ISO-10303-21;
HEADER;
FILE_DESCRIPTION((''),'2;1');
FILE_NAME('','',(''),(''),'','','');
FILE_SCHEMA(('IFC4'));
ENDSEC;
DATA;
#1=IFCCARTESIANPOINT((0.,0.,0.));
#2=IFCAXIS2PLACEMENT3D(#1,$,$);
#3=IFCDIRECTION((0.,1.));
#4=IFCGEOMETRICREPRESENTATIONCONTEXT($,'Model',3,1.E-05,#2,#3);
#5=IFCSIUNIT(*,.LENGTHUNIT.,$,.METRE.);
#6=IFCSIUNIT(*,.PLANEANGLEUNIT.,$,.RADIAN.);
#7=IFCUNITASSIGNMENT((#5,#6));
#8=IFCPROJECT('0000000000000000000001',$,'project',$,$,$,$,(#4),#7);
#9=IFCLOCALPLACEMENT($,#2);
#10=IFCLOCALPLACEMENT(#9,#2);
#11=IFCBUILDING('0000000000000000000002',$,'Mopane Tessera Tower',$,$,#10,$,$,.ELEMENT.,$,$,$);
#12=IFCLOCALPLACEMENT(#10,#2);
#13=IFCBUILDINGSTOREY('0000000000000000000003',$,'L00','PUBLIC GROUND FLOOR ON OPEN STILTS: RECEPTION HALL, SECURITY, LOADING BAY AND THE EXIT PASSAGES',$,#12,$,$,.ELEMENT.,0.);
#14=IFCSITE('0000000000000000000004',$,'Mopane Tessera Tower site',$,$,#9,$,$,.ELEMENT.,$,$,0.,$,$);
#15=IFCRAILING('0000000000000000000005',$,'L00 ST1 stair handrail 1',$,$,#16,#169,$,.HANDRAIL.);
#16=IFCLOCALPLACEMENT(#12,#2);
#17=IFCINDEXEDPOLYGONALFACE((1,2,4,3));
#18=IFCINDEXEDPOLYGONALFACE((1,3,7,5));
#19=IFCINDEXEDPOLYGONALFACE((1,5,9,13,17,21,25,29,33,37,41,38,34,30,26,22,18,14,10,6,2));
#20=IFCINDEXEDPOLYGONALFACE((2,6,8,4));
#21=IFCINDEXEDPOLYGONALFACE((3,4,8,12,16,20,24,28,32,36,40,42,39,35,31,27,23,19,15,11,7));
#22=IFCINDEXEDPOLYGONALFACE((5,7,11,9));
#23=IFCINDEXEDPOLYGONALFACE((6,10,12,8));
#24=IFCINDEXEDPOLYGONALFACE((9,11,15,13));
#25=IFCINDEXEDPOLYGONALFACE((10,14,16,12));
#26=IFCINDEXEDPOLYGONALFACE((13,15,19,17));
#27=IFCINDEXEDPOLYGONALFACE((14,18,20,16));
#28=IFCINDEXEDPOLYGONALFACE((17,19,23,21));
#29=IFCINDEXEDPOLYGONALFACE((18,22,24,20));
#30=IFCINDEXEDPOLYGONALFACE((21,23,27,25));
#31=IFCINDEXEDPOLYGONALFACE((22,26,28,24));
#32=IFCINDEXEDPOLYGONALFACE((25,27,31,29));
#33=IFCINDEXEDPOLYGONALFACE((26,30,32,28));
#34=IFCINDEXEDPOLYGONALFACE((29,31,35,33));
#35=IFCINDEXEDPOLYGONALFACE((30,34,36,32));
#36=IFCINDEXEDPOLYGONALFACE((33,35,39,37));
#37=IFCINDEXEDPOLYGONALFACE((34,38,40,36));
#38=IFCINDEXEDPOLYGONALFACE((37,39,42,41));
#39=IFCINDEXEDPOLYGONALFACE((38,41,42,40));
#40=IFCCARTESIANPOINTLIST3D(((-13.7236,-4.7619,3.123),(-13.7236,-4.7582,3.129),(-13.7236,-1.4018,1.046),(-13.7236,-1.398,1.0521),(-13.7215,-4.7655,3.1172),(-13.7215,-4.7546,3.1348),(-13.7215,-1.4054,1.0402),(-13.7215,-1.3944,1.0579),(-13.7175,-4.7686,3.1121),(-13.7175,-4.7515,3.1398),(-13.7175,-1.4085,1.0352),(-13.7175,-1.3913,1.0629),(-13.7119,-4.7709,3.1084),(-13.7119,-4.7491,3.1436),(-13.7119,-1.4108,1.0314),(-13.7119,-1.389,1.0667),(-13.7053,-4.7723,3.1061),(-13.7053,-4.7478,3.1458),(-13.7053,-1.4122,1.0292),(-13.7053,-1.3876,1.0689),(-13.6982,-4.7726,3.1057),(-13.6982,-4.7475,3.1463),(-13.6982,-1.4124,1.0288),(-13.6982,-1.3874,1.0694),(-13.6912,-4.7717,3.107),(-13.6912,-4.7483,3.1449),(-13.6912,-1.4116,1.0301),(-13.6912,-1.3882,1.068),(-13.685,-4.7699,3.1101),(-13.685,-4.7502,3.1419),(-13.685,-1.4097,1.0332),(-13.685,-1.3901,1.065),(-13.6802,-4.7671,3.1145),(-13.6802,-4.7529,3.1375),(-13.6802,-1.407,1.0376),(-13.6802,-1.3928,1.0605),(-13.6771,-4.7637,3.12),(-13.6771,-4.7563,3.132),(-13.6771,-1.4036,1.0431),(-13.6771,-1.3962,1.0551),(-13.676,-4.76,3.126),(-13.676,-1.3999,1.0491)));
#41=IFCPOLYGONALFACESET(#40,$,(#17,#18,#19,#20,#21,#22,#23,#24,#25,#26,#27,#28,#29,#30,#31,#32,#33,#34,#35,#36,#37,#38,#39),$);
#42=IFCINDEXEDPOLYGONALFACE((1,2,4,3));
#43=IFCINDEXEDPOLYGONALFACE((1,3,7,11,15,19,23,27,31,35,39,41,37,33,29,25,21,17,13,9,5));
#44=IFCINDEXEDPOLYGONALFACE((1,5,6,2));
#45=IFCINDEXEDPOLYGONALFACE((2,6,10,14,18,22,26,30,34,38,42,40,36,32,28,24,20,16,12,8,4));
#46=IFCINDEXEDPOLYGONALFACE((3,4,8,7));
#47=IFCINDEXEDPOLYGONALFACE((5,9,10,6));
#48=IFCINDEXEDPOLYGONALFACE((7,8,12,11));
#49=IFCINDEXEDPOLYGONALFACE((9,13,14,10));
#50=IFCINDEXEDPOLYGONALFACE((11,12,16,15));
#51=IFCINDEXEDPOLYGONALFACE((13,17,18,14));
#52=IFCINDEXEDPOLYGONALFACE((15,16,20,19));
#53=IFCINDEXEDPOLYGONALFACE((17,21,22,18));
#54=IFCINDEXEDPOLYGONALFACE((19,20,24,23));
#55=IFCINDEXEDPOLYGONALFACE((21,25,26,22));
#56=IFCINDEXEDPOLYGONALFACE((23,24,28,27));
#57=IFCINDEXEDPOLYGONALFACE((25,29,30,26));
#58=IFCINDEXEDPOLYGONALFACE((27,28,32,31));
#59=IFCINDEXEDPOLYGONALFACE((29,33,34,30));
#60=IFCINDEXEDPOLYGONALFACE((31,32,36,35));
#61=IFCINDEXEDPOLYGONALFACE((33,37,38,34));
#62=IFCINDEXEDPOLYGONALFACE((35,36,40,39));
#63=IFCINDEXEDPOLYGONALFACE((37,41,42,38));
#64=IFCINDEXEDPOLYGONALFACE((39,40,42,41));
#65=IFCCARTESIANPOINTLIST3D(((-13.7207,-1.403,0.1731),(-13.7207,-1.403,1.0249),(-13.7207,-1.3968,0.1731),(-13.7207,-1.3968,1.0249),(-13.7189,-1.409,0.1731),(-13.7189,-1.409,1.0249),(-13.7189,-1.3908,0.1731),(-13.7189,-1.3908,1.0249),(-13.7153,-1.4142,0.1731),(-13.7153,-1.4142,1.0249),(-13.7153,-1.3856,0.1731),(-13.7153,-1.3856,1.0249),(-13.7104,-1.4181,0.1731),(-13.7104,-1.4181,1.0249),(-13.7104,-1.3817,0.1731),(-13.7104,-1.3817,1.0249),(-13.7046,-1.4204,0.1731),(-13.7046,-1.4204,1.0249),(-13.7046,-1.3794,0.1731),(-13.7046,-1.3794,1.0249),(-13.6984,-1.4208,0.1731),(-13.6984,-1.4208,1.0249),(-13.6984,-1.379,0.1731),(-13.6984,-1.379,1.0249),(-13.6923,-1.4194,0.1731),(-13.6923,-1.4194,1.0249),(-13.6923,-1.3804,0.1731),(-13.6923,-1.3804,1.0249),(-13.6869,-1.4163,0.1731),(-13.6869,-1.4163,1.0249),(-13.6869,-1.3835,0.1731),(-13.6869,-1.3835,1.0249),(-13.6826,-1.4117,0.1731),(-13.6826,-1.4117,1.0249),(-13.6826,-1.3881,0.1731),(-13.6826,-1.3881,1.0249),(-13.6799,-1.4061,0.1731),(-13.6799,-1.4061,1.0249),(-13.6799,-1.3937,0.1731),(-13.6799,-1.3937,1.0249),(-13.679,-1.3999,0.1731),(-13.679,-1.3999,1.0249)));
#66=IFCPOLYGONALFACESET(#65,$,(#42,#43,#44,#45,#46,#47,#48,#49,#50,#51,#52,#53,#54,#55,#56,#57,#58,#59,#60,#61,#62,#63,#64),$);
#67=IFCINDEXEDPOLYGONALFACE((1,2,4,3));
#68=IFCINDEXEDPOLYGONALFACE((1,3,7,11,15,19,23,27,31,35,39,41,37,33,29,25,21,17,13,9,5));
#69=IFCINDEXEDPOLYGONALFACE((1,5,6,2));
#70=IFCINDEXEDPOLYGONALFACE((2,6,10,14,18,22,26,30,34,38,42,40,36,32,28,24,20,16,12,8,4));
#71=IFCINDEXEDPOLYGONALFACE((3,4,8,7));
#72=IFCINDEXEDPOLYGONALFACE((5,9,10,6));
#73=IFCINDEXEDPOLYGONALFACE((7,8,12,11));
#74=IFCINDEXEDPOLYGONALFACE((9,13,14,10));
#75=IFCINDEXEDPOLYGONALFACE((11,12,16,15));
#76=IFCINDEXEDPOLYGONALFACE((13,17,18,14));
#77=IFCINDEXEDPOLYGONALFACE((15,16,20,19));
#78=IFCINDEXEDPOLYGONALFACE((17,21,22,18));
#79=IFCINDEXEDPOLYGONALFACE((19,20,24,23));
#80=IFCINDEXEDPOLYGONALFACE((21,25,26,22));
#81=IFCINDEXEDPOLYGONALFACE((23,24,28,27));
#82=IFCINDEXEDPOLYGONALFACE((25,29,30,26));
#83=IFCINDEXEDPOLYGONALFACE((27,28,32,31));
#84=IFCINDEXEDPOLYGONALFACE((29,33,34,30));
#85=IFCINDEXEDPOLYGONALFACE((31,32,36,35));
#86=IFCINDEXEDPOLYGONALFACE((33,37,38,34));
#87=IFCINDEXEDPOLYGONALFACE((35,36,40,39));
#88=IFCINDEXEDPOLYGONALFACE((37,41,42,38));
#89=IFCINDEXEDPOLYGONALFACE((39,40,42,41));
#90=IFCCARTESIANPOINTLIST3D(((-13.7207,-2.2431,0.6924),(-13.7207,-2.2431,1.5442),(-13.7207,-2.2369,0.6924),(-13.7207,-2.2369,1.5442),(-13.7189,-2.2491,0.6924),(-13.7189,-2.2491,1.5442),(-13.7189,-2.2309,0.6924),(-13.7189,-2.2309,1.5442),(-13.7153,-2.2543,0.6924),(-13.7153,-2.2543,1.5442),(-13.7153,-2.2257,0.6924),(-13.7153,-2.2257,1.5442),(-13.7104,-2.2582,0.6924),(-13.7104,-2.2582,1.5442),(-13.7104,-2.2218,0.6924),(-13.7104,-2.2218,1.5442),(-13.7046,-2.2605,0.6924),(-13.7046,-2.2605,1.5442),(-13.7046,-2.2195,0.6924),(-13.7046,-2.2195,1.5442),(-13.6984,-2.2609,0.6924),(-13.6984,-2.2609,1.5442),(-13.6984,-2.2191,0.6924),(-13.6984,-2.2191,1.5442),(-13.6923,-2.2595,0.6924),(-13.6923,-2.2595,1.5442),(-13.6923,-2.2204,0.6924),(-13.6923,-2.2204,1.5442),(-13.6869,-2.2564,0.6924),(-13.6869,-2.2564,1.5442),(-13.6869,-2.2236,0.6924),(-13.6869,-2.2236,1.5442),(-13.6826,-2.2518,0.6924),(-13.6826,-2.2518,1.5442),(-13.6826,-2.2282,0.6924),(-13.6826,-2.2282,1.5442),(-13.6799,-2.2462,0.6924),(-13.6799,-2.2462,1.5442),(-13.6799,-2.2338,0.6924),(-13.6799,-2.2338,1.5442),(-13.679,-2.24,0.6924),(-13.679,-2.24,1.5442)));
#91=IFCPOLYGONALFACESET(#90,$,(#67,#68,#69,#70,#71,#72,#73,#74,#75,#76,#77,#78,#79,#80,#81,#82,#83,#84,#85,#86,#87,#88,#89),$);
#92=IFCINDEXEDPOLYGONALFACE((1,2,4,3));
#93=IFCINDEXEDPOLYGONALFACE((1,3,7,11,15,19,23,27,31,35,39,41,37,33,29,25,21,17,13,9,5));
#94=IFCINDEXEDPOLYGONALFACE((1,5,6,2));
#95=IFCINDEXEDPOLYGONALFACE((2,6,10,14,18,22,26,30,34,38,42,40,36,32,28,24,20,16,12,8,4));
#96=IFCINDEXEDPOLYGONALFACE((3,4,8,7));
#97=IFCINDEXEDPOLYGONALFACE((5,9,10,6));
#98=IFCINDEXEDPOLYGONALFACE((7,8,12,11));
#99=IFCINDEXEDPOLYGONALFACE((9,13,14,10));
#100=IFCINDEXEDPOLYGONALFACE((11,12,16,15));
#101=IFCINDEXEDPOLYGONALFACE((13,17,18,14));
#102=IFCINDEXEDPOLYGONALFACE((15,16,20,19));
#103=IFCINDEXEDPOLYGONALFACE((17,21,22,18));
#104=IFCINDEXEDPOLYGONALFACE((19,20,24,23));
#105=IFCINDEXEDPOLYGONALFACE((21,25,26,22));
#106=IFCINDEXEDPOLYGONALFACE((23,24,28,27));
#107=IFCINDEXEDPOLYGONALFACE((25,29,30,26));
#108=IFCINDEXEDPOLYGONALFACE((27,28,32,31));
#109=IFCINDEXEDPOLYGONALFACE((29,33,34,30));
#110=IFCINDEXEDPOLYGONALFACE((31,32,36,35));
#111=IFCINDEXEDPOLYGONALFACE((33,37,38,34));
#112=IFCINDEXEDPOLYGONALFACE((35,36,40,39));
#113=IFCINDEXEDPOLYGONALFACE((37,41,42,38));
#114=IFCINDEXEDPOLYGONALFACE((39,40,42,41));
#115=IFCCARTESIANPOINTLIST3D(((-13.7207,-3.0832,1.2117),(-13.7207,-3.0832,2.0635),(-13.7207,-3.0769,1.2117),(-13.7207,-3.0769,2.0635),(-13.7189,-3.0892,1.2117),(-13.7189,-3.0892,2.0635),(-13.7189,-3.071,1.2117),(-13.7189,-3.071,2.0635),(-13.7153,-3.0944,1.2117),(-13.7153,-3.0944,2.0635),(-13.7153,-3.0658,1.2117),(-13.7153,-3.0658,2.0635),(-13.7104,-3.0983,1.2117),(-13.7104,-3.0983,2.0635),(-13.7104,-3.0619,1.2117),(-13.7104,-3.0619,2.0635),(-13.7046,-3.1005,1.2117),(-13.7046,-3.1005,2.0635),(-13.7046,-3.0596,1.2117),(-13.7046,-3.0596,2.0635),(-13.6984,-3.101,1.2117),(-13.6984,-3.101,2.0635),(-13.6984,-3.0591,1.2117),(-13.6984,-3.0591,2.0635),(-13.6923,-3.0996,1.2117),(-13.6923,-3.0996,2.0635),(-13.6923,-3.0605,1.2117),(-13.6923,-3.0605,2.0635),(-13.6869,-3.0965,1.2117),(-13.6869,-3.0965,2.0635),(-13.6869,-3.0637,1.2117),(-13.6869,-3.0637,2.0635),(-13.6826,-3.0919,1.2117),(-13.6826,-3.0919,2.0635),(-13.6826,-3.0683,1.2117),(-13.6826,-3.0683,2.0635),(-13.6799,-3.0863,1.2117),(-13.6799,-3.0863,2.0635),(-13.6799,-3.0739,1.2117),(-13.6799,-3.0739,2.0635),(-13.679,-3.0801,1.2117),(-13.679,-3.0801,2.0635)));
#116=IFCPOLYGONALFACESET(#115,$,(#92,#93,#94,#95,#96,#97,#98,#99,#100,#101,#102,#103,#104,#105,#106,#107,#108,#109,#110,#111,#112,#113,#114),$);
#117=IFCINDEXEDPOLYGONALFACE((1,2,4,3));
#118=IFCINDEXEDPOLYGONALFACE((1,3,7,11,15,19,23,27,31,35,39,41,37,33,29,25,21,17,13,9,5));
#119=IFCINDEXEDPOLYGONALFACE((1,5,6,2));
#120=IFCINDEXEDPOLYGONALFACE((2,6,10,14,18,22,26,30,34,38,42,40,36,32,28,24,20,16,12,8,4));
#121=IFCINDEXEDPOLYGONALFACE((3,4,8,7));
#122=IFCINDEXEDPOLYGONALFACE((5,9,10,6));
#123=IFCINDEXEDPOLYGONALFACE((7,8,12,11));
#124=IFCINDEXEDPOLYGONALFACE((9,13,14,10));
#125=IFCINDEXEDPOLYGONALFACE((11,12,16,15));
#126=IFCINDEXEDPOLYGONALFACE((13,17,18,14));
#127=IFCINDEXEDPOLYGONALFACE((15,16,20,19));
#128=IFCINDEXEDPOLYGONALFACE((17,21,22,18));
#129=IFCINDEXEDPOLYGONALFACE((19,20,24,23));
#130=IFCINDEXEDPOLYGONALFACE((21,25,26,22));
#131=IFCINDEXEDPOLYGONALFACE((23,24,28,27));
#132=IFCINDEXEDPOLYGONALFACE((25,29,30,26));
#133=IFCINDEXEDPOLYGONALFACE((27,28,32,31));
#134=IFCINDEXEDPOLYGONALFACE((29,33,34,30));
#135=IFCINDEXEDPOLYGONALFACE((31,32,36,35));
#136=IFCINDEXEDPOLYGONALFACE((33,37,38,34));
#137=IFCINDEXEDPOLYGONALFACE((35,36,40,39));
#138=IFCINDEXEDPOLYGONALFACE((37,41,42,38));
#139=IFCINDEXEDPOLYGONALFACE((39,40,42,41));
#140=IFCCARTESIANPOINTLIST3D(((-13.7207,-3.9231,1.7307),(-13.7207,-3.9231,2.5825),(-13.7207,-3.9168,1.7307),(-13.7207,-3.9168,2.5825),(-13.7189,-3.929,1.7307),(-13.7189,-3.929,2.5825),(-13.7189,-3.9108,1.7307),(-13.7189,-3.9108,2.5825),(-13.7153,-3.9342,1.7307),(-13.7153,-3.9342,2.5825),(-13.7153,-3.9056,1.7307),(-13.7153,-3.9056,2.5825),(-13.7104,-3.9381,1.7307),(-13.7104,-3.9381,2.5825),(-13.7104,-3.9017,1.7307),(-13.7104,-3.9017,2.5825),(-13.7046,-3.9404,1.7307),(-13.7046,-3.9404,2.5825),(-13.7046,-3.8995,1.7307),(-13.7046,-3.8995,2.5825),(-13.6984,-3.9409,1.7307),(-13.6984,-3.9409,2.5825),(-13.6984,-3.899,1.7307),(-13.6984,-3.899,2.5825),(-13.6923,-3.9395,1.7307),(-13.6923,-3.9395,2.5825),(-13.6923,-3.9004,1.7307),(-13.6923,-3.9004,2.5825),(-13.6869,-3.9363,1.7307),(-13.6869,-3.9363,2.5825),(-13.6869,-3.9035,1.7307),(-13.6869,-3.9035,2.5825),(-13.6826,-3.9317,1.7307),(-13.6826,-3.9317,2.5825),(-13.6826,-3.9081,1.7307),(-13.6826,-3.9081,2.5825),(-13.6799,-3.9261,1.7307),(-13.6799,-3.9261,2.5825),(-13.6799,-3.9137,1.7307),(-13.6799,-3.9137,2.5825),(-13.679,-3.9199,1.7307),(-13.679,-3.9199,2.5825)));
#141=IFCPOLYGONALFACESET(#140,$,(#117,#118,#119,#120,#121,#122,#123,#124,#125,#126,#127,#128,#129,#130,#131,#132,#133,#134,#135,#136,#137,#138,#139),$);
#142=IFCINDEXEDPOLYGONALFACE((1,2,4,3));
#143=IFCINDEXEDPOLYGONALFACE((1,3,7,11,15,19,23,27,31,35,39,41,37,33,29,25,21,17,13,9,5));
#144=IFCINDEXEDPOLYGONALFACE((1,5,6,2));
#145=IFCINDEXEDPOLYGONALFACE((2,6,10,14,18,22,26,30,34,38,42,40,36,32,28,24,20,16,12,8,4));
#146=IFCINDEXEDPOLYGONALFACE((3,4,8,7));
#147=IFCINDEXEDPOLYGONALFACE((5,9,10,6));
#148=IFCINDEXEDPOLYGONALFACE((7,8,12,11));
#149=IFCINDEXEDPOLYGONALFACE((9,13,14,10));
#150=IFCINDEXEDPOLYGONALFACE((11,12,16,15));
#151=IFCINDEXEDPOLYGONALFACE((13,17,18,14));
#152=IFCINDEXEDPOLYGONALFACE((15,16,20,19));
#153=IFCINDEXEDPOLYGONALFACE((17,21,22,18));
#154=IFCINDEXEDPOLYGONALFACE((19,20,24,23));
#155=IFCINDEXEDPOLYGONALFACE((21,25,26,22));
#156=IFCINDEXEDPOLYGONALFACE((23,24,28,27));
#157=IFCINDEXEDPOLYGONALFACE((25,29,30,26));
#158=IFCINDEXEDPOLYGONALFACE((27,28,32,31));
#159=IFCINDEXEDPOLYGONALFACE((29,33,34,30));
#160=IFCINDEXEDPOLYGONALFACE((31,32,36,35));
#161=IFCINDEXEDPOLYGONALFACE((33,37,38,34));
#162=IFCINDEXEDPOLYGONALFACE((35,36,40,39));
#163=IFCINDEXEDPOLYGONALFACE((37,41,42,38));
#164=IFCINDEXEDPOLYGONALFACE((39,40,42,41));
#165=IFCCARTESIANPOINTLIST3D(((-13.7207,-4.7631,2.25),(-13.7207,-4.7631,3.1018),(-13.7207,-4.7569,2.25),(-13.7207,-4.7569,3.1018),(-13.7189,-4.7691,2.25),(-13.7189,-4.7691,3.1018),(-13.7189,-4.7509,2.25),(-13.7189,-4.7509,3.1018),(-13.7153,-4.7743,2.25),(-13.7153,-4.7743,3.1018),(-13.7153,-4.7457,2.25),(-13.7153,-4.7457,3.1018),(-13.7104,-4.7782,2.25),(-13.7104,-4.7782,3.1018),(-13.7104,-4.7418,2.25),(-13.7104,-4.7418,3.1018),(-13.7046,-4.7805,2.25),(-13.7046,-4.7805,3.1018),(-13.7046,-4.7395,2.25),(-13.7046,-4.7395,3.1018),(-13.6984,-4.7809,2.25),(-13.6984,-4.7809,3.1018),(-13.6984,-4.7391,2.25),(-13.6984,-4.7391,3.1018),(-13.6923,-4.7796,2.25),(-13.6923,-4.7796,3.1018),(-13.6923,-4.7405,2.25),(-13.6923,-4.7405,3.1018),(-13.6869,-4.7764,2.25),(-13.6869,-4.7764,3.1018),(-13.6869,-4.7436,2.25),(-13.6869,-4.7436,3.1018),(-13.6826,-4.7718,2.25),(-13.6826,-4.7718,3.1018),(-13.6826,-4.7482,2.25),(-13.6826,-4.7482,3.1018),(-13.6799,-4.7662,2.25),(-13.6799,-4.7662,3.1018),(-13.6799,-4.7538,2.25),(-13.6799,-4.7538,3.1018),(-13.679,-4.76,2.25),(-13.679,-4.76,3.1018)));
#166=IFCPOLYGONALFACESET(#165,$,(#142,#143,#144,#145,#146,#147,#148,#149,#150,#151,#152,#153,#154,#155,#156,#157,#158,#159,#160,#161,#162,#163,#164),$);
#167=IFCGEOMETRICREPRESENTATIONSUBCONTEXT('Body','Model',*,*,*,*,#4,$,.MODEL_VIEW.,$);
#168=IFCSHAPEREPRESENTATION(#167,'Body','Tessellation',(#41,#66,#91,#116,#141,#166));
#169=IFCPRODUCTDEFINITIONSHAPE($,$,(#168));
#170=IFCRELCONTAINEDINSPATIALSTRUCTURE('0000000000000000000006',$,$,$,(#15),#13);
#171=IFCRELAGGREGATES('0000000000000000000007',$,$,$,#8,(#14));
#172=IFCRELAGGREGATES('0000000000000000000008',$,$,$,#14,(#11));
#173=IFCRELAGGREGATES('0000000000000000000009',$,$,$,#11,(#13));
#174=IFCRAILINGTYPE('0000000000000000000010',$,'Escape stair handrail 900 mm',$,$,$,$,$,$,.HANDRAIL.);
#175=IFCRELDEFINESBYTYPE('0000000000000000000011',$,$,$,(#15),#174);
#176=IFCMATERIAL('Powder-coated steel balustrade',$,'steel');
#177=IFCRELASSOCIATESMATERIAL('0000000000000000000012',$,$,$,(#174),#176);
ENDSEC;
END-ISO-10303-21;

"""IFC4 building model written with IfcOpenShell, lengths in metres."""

from ifc_helpers import new_model, si_unit, direction, frame, origin, origin_2d, place, context, subcontext, project, spatial, circle, extrude, material, type_object, element, save


model = new_model("IFC4")

# Units and contexts
model_context = context("Model", 3, precision=1e-05, world=origin(), true_north=direction((0.0, 1.0)))
body_context = subcontext(model_context, "Body", "Model", "MODEL_VIEW")
ifc_project = project(units=[si_unit("LENGTHUNIT", "METRE"), si_unit("PLANEANGLEUNIT", "RADIAN")], contexts=[model_context])

# Site, building, storey
site_placement = place(None, origin())
site = spatial("IfcSite", under=ifc_project, at=site_placement, Name="Mopane Tessera Tower site", CompositionType="ELEMENT", RefElevation=0.0)
building_placement = place(site_placement, origin())
building = spatial("IfcBuilding", under=site, at=building_placement, Name="Mopane Tessera Tower", CompositionType="ELEMENT")
storey_placement = place(building_placement, origin())
storey = spatial("IfcBuildingStorey", under=building, at=storey_placement, Name="L00", Description="PUBLIC GROUND FLOOR ON OPEN STILTS: RECEPTION HALL, SECURITY, LOADING BAY AND THE EXIT PASSAGES", CompositionType="ELEMENT", Elevation=0.0)

# Railing
ifc_material_1 = material(Name="Powder-coated steel balustrade", Category="steel")
railing_type_1 = type_object("IfcRailingType", Name="Escape stair handrail 900 mm", PredefinedType="HANDRAIL", material=ifc_material_1)
railing_1_placement = place(storey_placement, frame((-13.7, -1.3999, 0.1731)))
element("IfcRailing", 1, at=railing_1_placement, inside=storey, type_object=railing_type_1, Name="L00 ST1 stair handrail 1", PredefinedType="HANDRAIL", context=body_context, shape_type="SweptSolid", body=[
    extrude(circle(Radius=0.0239, at=origin_2d()), frame((0.0, 0.0, 0.876), z_axis=(0.0, -0.850623, 0.525776), x_axis=(1.0, 0.0, 0.0)), (0.0, 0.0, 1.0), 3.9502),
    extrude(circle(Radius=0.021, at=origin_2d()), origin(), (0.0, 0.0, 1.0), 0.8518),
    extrude(circle(Radius=0.021, at=origin_2d()), frame((0.0, -0.8401, 0.5193)), (0.0, 0.0, 1.0), 0.8518),
    extrude(circle(Radius=0.021, at=origin_2d()), frame((0.0, -1.6802, 1.0386)), (0.0, 0.0, 1.0), 0.8518),
    extrude(circle(Radius=0.021, at=origin_2d()), frame((0.0, -2.52, 1.5576)), (0.0, 0.0, 1.0), 0.8518),
    extrude(circle(Radius=0.021, at=origin_2d()), frame((0.0, -3.3601, 2.0769)), (0.0, 0.0, 1.0), 0.8518),
])

save(model, "model.ifc")
